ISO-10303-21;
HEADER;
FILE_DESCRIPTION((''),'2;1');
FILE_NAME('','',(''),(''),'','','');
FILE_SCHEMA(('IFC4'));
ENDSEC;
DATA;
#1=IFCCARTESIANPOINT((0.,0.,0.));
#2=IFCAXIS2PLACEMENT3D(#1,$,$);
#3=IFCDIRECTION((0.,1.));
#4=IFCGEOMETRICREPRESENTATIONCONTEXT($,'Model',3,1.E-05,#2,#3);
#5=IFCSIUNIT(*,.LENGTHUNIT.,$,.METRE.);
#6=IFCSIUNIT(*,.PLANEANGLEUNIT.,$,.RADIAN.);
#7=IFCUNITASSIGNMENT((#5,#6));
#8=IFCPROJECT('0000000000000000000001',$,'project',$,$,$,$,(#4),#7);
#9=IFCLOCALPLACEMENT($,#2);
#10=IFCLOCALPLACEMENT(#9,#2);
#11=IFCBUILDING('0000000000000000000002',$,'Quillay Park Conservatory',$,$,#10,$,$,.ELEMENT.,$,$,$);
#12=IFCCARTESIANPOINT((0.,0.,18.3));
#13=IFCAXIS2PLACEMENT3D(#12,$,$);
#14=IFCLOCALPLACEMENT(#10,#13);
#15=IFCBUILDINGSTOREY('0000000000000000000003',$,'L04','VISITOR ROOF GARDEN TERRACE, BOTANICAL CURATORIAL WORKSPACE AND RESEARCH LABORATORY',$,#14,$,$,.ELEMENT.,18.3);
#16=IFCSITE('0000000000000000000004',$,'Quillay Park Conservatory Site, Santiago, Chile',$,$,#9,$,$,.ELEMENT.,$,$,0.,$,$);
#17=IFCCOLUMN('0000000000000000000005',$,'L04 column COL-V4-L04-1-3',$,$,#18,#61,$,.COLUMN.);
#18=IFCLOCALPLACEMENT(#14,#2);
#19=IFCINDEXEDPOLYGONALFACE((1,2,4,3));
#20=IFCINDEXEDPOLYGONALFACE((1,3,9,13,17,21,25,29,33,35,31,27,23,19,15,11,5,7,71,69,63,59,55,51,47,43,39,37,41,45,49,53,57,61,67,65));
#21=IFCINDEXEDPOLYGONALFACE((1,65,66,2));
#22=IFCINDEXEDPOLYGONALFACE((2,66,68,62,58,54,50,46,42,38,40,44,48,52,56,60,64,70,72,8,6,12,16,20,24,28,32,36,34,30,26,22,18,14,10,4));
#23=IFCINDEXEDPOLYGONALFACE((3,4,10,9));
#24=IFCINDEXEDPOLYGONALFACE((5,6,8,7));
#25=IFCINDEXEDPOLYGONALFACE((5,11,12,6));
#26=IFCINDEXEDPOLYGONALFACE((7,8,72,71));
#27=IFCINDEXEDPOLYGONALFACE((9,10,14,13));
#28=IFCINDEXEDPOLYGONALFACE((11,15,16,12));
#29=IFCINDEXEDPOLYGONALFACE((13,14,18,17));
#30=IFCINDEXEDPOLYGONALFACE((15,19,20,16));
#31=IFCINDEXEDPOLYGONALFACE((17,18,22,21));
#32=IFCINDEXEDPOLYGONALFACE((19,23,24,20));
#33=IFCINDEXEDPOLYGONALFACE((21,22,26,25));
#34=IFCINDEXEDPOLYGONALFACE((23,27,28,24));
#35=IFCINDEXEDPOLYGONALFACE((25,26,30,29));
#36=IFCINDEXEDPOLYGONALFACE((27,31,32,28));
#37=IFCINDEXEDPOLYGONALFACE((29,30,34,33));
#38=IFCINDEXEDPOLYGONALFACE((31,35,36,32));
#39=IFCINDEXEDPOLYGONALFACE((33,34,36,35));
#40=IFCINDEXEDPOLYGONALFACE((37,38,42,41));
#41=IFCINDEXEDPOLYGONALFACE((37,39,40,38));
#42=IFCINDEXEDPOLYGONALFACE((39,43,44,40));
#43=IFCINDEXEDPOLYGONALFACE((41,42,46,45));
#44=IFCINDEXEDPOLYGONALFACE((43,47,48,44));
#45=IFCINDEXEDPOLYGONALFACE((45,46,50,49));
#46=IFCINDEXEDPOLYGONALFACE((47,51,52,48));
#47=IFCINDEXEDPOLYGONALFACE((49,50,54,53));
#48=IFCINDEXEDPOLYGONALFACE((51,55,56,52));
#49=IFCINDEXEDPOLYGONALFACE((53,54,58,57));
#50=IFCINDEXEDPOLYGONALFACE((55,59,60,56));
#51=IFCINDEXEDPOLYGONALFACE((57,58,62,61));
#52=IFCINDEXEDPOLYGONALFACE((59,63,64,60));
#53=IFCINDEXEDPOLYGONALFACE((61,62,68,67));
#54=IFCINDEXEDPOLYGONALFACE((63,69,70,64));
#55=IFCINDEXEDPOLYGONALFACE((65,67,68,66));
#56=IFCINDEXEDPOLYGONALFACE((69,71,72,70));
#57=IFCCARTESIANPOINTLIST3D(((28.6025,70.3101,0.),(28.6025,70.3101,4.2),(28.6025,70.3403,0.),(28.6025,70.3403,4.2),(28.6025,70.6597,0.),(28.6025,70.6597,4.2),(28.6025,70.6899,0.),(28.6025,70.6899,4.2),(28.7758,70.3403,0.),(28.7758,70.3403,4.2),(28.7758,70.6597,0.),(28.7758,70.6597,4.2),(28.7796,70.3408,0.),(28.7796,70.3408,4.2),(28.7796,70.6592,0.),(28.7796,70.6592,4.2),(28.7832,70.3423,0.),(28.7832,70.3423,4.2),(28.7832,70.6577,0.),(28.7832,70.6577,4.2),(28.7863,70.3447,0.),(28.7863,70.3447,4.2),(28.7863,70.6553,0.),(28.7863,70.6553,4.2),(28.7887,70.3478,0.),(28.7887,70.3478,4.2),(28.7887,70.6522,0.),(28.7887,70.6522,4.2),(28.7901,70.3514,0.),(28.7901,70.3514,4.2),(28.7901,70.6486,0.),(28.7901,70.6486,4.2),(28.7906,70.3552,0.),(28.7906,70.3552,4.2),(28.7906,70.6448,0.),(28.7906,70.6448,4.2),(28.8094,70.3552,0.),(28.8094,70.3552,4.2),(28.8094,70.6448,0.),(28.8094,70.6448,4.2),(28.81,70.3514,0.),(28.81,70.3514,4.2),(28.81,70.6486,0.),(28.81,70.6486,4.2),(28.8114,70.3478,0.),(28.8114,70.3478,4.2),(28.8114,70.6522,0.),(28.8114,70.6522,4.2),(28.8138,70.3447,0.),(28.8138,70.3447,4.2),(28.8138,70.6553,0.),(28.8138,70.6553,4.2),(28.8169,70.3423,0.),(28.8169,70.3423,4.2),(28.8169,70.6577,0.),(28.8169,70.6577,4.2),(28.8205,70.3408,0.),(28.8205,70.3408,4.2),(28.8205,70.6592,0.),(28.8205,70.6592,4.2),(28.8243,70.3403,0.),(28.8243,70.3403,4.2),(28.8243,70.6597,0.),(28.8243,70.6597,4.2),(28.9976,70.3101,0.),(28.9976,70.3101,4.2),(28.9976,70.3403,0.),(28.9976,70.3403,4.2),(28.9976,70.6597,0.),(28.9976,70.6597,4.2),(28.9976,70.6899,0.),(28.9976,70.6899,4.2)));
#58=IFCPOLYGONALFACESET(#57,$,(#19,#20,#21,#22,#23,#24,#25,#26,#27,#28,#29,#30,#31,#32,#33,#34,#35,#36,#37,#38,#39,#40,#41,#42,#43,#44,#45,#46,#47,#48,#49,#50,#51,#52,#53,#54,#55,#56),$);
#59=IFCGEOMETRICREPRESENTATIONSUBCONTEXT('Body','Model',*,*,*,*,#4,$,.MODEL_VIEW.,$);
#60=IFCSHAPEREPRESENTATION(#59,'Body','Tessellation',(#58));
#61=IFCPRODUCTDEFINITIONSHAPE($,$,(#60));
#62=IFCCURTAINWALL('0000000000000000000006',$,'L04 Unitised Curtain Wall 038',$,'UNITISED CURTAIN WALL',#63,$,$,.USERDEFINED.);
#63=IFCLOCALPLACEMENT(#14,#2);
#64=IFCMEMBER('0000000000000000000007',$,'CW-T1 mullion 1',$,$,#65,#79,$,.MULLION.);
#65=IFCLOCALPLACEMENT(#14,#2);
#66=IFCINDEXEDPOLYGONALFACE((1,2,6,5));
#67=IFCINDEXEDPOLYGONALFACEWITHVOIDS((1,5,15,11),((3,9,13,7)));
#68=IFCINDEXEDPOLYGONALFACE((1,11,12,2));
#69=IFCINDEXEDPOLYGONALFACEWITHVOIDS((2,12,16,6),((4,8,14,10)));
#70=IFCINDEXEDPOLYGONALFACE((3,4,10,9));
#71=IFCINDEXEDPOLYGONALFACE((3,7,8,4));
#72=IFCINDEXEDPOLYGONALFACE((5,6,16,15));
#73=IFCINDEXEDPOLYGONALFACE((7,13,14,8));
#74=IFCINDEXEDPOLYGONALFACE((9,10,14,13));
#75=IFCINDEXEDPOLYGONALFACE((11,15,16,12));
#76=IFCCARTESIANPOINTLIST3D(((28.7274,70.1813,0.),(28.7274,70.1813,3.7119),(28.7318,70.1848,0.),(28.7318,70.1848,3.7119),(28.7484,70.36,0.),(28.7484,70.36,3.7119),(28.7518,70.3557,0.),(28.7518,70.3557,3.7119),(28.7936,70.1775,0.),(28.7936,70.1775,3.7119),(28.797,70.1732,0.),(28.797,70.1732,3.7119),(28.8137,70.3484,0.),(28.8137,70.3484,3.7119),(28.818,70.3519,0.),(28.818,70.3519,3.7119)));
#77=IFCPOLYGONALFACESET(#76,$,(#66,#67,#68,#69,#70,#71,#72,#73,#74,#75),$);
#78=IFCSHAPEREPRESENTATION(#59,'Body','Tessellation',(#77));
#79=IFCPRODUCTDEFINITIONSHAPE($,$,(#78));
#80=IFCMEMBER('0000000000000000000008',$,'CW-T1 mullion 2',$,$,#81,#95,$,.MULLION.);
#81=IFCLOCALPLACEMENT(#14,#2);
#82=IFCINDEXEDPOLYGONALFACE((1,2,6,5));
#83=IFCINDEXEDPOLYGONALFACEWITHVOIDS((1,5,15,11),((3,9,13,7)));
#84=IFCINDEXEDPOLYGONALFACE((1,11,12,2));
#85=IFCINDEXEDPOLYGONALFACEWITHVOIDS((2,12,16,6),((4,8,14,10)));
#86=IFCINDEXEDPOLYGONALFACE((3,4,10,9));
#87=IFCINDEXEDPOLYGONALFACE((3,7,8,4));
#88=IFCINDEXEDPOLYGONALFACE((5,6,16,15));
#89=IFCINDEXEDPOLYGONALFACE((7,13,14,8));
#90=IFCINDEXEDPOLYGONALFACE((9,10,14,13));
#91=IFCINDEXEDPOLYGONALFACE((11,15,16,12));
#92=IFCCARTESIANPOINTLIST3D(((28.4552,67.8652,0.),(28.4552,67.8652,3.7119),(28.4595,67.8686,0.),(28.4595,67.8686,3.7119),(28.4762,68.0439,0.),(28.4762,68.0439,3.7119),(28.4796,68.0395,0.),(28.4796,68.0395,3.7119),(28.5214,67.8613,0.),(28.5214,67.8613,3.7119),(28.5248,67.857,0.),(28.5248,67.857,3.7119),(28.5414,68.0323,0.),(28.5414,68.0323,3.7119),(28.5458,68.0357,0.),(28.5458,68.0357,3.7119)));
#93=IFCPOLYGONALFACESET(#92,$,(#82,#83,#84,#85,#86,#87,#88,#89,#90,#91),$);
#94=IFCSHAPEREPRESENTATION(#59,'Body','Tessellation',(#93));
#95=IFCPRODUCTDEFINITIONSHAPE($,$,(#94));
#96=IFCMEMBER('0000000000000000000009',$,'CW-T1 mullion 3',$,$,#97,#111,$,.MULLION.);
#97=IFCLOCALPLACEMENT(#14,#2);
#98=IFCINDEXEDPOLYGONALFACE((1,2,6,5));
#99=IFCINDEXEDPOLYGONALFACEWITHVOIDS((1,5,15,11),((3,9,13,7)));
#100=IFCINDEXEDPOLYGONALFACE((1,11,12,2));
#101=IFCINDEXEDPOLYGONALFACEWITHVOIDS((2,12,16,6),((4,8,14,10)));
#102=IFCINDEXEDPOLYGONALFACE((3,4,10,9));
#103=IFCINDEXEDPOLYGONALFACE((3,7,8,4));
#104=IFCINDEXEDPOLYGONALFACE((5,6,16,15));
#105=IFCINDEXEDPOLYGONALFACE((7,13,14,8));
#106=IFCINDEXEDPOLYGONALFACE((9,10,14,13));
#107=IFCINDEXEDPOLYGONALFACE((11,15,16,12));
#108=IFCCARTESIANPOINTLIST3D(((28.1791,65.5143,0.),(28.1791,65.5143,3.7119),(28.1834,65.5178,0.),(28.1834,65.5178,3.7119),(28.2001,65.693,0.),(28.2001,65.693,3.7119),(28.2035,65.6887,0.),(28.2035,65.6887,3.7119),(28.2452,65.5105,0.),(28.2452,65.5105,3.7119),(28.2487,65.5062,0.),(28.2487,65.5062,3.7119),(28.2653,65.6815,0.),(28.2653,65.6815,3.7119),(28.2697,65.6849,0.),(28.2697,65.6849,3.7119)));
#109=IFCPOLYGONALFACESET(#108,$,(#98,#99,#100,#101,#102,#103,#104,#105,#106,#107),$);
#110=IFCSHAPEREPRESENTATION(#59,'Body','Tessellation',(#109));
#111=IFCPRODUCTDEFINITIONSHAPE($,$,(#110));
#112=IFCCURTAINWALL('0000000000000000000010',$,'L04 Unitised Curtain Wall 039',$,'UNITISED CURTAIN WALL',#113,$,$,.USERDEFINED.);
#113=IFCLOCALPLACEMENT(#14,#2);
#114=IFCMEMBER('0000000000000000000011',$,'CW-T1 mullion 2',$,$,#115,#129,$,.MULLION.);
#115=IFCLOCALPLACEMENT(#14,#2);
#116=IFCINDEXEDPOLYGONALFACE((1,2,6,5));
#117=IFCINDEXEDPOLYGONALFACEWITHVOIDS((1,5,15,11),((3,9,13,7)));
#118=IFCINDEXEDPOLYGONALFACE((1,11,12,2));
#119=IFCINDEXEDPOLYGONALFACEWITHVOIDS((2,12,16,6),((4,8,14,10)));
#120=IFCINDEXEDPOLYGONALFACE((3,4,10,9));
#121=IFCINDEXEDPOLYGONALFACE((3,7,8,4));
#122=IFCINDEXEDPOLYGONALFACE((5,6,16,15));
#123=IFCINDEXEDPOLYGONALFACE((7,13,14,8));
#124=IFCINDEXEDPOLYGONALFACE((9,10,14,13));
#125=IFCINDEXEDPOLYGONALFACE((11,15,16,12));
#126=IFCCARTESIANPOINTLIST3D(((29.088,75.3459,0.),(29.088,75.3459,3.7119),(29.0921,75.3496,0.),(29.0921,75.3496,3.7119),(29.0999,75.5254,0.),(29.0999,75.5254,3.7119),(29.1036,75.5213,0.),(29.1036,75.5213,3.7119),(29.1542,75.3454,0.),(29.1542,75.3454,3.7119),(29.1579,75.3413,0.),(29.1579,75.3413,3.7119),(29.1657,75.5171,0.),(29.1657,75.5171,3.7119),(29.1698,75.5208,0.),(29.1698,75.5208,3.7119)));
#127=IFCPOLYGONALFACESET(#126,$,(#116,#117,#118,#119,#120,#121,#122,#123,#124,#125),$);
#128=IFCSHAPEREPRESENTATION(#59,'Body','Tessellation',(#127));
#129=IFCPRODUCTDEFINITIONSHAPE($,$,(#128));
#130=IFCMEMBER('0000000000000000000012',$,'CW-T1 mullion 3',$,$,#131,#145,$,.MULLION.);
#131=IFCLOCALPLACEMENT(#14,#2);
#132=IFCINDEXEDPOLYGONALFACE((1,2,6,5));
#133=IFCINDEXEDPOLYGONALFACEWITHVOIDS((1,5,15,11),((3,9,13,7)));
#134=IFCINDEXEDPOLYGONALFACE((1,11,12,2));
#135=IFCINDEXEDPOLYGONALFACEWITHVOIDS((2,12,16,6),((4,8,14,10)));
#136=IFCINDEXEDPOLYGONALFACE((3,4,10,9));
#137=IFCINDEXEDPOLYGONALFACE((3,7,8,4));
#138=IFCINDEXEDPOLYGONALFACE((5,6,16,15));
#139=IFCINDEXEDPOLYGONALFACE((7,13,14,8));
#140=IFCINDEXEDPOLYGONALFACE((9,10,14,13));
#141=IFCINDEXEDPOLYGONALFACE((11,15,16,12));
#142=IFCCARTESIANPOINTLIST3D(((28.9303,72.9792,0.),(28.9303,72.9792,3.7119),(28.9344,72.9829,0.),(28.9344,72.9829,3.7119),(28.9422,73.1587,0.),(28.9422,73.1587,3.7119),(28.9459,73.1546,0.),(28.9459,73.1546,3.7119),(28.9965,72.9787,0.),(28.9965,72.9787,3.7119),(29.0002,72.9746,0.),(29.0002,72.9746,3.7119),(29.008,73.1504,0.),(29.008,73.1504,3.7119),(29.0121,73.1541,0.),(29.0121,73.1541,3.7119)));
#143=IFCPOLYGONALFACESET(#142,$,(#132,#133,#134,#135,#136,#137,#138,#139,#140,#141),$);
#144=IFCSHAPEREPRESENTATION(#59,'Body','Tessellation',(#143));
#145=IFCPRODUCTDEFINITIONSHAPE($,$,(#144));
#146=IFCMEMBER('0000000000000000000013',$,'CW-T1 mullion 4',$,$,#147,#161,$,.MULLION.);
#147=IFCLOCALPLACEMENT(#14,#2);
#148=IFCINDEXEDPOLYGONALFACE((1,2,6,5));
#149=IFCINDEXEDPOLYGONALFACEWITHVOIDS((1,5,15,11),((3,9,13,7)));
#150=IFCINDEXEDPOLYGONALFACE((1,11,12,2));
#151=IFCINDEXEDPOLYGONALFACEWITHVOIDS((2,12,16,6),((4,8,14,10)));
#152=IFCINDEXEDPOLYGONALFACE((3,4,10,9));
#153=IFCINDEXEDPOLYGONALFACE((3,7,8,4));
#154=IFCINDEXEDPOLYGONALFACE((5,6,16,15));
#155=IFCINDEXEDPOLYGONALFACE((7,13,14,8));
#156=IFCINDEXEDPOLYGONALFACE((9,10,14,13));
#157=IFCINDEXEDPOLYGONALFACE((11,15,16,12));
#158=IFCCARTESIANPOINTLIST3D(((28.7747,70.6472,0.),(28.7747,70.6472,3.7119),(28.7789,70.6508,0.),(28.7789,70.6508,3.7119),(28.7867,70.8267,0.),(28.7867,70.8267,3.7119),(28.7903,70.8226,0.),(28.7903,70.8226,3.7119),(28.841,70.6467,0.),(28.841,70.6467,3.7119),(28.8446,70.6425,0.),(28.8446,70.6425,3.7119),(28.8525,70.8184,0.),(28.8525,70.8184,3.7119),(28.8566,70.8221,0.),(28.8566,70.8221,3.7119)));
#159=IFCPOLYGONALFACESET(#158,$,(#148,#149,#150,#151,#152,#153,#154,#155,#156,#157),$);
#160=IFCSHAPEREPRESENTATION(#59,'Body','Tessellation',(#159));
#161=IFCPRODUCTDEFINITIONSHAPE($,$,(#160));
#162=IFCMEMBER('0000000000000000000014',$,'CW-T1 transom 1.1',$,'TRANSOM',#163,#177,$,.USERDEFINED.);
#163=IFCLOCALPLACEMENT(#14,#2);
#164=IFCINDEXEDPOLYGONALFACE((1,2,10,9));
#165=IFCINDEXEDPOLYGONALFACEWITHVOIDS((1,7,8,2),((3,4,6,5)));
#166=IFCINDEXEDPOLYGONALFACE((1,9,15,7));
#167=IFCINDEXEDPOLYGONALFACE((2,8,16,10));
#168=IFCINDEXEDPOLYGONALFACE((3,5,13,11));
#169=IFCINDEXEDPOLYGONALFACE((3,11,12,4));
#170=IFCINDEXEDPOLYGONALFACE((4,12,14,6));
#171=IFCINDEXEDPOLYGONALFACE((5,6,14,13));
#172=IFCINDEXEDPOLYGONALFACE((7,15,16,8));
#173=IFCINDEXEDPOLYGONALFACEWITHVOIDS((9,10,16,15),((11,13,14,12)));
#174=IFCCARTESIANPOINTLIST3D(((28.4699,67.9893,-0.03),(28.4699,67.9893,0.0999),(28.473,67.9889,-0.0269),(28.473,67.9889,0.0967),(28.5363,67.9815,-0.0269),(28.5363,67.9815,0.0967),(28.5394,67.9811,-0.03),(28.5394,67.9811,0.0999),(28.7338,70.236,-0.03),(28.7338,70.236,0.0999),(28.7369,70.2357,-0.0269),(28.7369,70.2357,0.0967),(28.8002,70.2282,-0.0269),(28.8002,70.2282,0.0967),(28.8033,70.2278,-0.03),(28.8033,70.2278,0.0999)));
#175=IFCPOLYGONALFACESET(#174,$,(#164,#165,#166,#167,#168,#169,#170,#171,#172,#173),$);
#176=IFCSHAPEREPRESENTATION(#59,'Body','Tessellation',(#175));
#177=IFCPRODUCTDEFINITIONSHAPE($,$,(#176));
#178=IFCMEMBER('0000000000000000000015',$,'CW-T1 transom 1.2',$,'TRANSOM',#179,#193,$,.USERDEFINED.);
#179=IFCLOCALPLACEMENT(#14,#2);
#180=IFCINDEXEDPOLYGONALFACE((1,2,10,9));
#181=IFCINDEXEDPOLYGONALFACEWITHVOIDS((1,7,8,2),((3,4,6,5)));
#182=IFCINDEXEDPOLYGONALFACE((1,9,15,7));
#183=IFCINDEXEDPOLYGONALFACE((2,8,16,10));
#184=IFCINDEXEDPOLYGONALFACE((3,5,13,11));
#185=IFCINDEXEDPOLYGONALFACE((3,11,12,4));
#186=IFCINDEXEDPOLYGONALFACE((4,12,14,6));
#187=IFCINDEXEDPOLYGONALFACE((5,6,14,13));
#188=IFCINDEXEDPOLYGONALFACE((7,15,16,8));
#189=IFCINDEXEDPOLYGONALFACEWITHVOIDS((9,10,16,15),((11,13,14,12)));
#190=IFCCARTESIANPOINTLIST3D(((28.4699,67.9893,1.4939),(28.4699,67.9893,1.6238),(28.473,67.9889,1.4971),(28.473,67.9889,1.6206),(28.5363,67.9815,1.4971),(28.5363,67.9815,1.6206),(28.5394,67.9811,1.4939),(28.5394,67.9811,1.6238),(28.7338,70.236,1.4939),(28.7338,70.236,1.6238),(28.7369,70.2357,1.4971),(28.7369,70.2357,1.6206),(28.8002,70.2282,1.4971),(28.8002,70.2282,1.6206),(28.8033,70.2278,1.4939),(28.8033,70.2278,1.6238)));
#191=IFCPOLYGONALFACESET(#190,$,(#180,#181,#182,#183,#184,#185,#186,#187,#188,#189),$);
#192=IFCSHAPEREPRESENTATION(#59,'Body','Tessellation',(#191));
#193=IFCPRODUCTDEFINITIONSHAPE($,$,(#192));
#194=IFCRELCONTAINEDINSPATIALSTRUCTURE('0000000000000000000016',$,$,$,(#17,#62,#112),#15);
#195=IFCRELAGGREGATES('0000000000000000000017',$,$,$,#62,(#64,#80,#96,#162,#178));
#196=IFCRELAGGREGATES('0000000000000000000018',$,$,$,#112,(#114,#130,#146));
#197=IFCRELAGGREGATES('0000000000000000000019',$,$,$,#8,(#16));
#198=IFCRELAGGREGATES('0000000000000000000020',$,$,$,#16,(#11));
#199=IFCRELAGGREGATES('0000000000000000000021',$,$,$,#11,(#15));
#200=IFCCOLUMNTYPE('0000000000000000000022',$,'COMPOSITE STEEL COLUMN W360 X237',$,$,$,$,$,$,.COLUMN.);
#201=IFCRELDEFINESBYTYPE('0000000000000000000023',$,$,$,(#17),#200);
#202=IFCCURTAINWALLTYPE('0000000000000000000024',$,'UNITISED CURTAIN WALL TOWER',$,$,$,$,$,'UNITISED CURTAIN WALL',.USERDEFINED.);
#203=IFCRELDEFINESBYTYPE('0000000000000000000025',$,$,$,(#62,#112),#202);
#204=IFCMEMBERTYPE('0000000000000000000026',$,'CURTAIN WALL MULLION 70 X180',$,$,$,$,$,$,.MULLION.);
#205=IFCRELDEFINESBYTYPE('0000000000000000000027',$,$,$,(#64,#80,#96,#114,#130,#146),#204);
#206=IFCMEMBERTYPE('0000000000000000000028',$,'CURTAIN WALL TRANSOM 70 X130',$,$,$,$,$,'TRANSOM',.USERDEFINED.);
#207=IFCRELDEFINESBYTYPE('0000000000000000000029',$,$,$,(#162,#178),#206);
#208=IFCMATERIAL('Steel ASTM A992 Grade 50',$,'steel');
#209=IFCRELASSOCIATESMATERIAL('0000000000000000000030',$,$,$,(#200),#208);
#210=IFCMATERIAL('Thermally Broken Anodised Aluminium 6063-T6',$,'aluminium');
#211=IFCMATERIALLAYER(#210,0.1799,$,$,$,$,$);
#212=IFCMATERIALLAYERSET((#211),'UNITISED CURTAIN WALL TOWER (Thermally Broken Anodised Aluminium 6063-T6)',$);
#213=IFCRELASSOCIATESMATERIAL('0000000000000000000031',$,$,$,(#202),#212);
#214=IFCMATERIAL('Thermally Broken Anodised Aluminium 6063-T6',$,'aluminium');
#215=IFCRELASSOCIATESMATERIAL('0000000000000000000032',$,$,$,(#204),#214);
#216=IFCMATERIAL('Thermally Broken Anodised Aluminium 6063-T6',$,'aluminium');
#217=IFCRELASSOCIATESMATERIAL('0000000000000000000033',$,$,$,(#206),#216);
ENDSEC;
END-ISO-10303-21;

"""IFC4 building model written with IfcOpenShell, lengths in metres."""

from ifc_helpers import new_model, si_unit, direction, frame, origin, origin_2d, place, context, subcontext, project, spatial, hollow_rectangle, i_section, extrude, material, layer, layer_set, material_profile, profile_set, type_object, element, aggregate, save


model = new_model("IFC4")

# Units and contexts
model_context = context("Model", 3, precision=1e-05, world=origin(), true_north=direction((0.0, 1.0)))
body_context = subcontext(model_context, "Body", "Model", "MODEL_VIEW")
ifc_project = project(units=[si_unit("LENGTHUNIT", "METRE"), si_unit("PLANEANGLEUNIT", "RADIAN")], contexts=[model_context])

# Site, building, storey
site_placement = place(None, origin())
site = spatial("IfcSite", under=ifc_project, at=site_placement, Name="Quillay Park Conservatory Site, Santiago, Chile", CompositionType="ELEMENT", RefElevation=0.0)
building_placement = place(site_placement, origin())
building = spatial("IfcBuilding", under=site, at=building_placement, Name="Quillay Park Conservatory", CompositionType="ELEMENT")
storey_placement = place(building_placement, frame((0.0, 0.0, 18.3)))
storey = spatial("IfcBuildingStorey", under=building, at=storey_placement, Name="L04", Description="VISITOR ROOF GARDEN TERRACE, BOTANICAL CURATORIAL WORKSPACE AND RESEARCH LABORATORY", CompositionType="ELEMENT", Elevation=18.3)

# Column
ifc_material_1 = material(Name="Steel ASTM A992 Grade 50", Category="steel")
ifc_material_profile_1 = material_profile(ifc_material_1, i_section(OverallWidth=0.395, OverallDepth=0.3799, WebThickness=0.0188, FlangeThickness=0.0303, FilletRadius=0.0149, at=origin_2d()), Name="W360x237")
ifc_profile_set_1 = profile_set([ifc_material_profile_1], Name="Steel ASTM A992 Grade 50")
column_type = type_object("IfcColumnType", Name="COMPOSITE STEEL COLUMN W360 X237", PredefinedType="COLUMN", material=ifc_profile_set_1)
column_placement = place(storey_placement, frame((28.8, 70.5, 0.0), z_axis=(0.0, 0.0, 1.0), x_axis=(1.0, 0.0, 0.0)))
element("IfcColumn", 1, at=column_placement, inside=storey, type_object=column_type, Name="L04 column COL-V4-L04-1-3", PredefinedType="COLUMN", context=body_context, shape_type="SweptSolid", body=[
    extrude(i_section(OverallWidth=0.395, OverallDepth=0.3799, WebThickness=0.0188, FlangeThickness=0.0303, FilletRadius=0.0149, at=origin_2d()), origin(), (0.0, 0.0, 1.0), 4.2),
])

# Curtain walls, members
ifc_material_2 = material(Name="Thermally Broken Anodised Aluminium 6063-T6", Category="aluminium")
ifc_layer_1 = layer(ifc_material_2, 0.1799)
ifc_layer_set_1 = layer_set([ifc_layer_1], Name="UNITISED CURTAIN WALL TOWER (Thermally Broken Anodised Aluminium 6063-T6)")
curtain_wall_type = type_object("IfcCurtainWallType", Name="UNITISED CURTAIN WALL TOWER", ElementType="UNITISED CURTAIN WALL", PredefinedType="USERDEFINED", material=ifc_layer_set_1)
curtain_wall_1_placement = place(storey_placement, origin())
curtain_wall_1 = element("IfcCurtainWall", 2, at=curtain_wall_1_placement, inside=storey, type_object=curtain_wall_type, Name="L04 Unitised Curtain Wall 038", ObjectType="UNITISED CURTAIN WALL", PredefinedType="USERDEFINED")
ifc_material_3 = material(Name="Thermally Broken Anodised Aluminium 6063-T6", Category="aluminium")
ifc_material_profile_2 = material_profile(ifc_material_3, hollow_rectangle(XDim=0.0701, YDim=0.1799, WallThickness=0.0039, at=origin_2d()), Name="AL70x180x4")
ifc_profile_set_2 = profile_set([ifc_material_profile_2], Name="Thermally Broken Anodised Aluminium 6063-T6")
member_type_1 = type_object("IfcMemberType", Name="CURTAIN WALL MULLION 70 X180", PredefinedType="MULLION", material=ifc_profile_set_2)
member_1_placement = place(storey_placement, frame((28.7727, 70.2666, 0.0), z_axis=(0.0, 0.0, 1.0), x_axis=(0.993173, -0.116655, 0.0)))
member_1 = element("IfcMember", 3, at=member_1_placement, type_object=member_type_1, Name="CW-T1 mullion 1", PredefinedType="MULLION", context=body_context, shape_type="SweptSolid", body=[
    extrude(hollow_rectangle(XDim=0.0701, YDim=0.1799, WallThickness=0.0039, at=origin_2d()), origin(), (0.0, 0.0, 1.0), 3.7119),
])
member_2_placement = place(storey_placement, frame((28.5005, 67.9504, 0.0), z_axis=(0.0, 0.0, 1.0), x_axis=(0.993173, -0.116655, 0.0)))
member_2 = element("IfcMember", 4, at=member_2_placement, type_object=member_type_1, Name="CW-T1 mullion 2", PredefinedType="MULLION", context=body_context, shape_type="SweptSolid", body=[
    extrude(hollow_rectangle(XDim=0.0701, YDim=0.1799, WallThickness=0.0039, at=origin_2d()), origin(), (0.0, 0.0, 1.0), 3.7119),
])
member_3_placement = place(storey_placement, frame((28.2244, 65.5996, 0.0), z_axis=(0.0, 0.0, 1.0), x_axis=(0.993173, -0.116655, 0.0)))
member_3 = element("IfcMember", 5, at=member_3_placement, type_object=member_type_1, Name="CW-T1 mullion 3", PredefinedType="MULLION", context=body_context, shape_type="SweptSolid", body=[
    extrude(hollow_rectangle(XDim=0.0701, YDim=0.1799, WallThickness=0.0039, at=origin_2d()), origin(), (0.0, 0.0, 1.0), 3.7119),
])
curtain_wall_2_placement = place(storey_placement, origin())
curtain_wall_2 = element("IfcCurtainWall", 6, at=curtain_wall_2_placement, inside=storey, type_object=curtain_wall_type, Name="L04 Unitised Curtain Wall 039", ObjectType="UNITISED CURTAIN WALL", PredefinedType="USERDEFINED")
member_4_placement = place(storey_placement, frame((29.1289, 75.4333, 0.0), z_axis=(0.0, 0.0, 1.0), x_axis=(0.997785, -0.066521, 0.0)))
member_4 = element("IfcMember", 7, at=member_4_placement, type_object=member_type_1, Name="CW-T1 mullion 2", PredefinedType="MULLION", context=body_context, shape_type="SweptSolid", body=[
    extrude(hollow_rectangle(XDim=0.0701, YDim=0.1799, WallThickness=0.0039, at=origin_2d()), origin(), (0.0, 0.0, 1.0), 3.7119),
])
member_5_placement = place(storey_placement, frame((28.9712, 73.0667, 0.0), z_axis=(0.0, 0.0, 1.0), x_axis=(0.997785, -0.066521, 0.0)))
member_5 = element("IfcMember", 8, at=member_5_placement, type_object=member_type_1, Name="CW-T1 mullion 3", PredefinedType="MULLION", context=body_context, shape_type="SweptSolid", body=[
    extrude(hollow_rectangle(XDim=0.0701, YDim=0.1799, WallThickness=0.0039, at=origin_2d()), origin(), (0.0, 0.0, 1.0), 3.7119),
])
member_6_placement = place(storey_placement, frame((28.8157, 70.7346, 0.0), z_axis=(0.0, 0.0, 1.0), x_axis=(0.997785, -0.066521, 0.0)))
member_6 = element("IfcMember", 9, at=member_6_placement, type_object=member_type_1, Name="CW-T1 mullion 4", PredefinedType="MULLION", context=body_context, shape_type="SweptSolid", body=[
    extrude(hollow_rectangle(XDim=0.0701, YDim=0.1799, WallThickness=0.0039, at=origin_2d()), origin(), (0.0, 0.0, 1.0), 3.7119),
])

# Members
ifc_material_4 = material(Name="Thermally Broken Anodised Aluminium 6063-T6", Category="aluminium")
ifc_material_profile_3 = material_profile(ifc_material_4, hollow_rectangle(XDim=0.0701, YDim=0.1299, WallThickness=0.0032, at=origin_2d()), Name="AL70x130x3.2")
ifc_profile_set_3 = profile_set([ifc_material_profile_3], Name="Thermally Broken Anodised Aluminium 6063-T6")
member_type_2 = type_object("IfcMemberType", Name="CURTAIN WALL TRANSOM 70 X130", ElementType="TRANSOM", PredefinedType="USERDEFINED", material=ifc_profile_set_3)
member_7_placement = place(storey_placement, frame((28.7686, 70.2319, 0.0349), z_axis=(-0.11666, -0.993172, 0.0), x_axis=(0.993172, -0.11666, 0.0)))
member_7 = element("IfcMember", 10, at=member_7_placement, type_object=member_type_2, Name="CW-T1 transom 1.1", ObjectType="TRANSOM", PredefinedType="USERDEFINED", context=body_context, shape_type="SweptSolid", body=[
    extrude(hollow_rectangle(XDim=0.0701, YDim=0.1299, WallThickness=0.0032, at=origin_2d()), origin(), (0.0, 0.0, 1.0), 2.2622),
])
member_8_placement = place(storey_placement, frame((28.7686, 70.2319, 1.5588), z_axis=(-0.11666, -0.993172, 0.0), x_axis=(0.993172, -0.11666, 0.0)))
member_8 = element("IfcMember", 11, at=member_8_placement, type_object=member_type_2, Name="CW-T1 transom 1.2", ObjectType="TRANSOM", PredefinedType="USERDEFINED", context=body_context, shape_type="SweptSolid", body=[
    extrude(hollow_rectangle(XDim=0.0701, YDim=0.1299, WallThickness=0.0032, at=origin_2d()), origin(), (0.0, 0.0, 1.0), 2.2622),
])

aggregate(curtain_wall_1, [member_1, member_2, member_3, member_7, member_8])
aggregate(curtain_wall_2, [member_4, member_5, member_6])

save(model, "model.ifc")
